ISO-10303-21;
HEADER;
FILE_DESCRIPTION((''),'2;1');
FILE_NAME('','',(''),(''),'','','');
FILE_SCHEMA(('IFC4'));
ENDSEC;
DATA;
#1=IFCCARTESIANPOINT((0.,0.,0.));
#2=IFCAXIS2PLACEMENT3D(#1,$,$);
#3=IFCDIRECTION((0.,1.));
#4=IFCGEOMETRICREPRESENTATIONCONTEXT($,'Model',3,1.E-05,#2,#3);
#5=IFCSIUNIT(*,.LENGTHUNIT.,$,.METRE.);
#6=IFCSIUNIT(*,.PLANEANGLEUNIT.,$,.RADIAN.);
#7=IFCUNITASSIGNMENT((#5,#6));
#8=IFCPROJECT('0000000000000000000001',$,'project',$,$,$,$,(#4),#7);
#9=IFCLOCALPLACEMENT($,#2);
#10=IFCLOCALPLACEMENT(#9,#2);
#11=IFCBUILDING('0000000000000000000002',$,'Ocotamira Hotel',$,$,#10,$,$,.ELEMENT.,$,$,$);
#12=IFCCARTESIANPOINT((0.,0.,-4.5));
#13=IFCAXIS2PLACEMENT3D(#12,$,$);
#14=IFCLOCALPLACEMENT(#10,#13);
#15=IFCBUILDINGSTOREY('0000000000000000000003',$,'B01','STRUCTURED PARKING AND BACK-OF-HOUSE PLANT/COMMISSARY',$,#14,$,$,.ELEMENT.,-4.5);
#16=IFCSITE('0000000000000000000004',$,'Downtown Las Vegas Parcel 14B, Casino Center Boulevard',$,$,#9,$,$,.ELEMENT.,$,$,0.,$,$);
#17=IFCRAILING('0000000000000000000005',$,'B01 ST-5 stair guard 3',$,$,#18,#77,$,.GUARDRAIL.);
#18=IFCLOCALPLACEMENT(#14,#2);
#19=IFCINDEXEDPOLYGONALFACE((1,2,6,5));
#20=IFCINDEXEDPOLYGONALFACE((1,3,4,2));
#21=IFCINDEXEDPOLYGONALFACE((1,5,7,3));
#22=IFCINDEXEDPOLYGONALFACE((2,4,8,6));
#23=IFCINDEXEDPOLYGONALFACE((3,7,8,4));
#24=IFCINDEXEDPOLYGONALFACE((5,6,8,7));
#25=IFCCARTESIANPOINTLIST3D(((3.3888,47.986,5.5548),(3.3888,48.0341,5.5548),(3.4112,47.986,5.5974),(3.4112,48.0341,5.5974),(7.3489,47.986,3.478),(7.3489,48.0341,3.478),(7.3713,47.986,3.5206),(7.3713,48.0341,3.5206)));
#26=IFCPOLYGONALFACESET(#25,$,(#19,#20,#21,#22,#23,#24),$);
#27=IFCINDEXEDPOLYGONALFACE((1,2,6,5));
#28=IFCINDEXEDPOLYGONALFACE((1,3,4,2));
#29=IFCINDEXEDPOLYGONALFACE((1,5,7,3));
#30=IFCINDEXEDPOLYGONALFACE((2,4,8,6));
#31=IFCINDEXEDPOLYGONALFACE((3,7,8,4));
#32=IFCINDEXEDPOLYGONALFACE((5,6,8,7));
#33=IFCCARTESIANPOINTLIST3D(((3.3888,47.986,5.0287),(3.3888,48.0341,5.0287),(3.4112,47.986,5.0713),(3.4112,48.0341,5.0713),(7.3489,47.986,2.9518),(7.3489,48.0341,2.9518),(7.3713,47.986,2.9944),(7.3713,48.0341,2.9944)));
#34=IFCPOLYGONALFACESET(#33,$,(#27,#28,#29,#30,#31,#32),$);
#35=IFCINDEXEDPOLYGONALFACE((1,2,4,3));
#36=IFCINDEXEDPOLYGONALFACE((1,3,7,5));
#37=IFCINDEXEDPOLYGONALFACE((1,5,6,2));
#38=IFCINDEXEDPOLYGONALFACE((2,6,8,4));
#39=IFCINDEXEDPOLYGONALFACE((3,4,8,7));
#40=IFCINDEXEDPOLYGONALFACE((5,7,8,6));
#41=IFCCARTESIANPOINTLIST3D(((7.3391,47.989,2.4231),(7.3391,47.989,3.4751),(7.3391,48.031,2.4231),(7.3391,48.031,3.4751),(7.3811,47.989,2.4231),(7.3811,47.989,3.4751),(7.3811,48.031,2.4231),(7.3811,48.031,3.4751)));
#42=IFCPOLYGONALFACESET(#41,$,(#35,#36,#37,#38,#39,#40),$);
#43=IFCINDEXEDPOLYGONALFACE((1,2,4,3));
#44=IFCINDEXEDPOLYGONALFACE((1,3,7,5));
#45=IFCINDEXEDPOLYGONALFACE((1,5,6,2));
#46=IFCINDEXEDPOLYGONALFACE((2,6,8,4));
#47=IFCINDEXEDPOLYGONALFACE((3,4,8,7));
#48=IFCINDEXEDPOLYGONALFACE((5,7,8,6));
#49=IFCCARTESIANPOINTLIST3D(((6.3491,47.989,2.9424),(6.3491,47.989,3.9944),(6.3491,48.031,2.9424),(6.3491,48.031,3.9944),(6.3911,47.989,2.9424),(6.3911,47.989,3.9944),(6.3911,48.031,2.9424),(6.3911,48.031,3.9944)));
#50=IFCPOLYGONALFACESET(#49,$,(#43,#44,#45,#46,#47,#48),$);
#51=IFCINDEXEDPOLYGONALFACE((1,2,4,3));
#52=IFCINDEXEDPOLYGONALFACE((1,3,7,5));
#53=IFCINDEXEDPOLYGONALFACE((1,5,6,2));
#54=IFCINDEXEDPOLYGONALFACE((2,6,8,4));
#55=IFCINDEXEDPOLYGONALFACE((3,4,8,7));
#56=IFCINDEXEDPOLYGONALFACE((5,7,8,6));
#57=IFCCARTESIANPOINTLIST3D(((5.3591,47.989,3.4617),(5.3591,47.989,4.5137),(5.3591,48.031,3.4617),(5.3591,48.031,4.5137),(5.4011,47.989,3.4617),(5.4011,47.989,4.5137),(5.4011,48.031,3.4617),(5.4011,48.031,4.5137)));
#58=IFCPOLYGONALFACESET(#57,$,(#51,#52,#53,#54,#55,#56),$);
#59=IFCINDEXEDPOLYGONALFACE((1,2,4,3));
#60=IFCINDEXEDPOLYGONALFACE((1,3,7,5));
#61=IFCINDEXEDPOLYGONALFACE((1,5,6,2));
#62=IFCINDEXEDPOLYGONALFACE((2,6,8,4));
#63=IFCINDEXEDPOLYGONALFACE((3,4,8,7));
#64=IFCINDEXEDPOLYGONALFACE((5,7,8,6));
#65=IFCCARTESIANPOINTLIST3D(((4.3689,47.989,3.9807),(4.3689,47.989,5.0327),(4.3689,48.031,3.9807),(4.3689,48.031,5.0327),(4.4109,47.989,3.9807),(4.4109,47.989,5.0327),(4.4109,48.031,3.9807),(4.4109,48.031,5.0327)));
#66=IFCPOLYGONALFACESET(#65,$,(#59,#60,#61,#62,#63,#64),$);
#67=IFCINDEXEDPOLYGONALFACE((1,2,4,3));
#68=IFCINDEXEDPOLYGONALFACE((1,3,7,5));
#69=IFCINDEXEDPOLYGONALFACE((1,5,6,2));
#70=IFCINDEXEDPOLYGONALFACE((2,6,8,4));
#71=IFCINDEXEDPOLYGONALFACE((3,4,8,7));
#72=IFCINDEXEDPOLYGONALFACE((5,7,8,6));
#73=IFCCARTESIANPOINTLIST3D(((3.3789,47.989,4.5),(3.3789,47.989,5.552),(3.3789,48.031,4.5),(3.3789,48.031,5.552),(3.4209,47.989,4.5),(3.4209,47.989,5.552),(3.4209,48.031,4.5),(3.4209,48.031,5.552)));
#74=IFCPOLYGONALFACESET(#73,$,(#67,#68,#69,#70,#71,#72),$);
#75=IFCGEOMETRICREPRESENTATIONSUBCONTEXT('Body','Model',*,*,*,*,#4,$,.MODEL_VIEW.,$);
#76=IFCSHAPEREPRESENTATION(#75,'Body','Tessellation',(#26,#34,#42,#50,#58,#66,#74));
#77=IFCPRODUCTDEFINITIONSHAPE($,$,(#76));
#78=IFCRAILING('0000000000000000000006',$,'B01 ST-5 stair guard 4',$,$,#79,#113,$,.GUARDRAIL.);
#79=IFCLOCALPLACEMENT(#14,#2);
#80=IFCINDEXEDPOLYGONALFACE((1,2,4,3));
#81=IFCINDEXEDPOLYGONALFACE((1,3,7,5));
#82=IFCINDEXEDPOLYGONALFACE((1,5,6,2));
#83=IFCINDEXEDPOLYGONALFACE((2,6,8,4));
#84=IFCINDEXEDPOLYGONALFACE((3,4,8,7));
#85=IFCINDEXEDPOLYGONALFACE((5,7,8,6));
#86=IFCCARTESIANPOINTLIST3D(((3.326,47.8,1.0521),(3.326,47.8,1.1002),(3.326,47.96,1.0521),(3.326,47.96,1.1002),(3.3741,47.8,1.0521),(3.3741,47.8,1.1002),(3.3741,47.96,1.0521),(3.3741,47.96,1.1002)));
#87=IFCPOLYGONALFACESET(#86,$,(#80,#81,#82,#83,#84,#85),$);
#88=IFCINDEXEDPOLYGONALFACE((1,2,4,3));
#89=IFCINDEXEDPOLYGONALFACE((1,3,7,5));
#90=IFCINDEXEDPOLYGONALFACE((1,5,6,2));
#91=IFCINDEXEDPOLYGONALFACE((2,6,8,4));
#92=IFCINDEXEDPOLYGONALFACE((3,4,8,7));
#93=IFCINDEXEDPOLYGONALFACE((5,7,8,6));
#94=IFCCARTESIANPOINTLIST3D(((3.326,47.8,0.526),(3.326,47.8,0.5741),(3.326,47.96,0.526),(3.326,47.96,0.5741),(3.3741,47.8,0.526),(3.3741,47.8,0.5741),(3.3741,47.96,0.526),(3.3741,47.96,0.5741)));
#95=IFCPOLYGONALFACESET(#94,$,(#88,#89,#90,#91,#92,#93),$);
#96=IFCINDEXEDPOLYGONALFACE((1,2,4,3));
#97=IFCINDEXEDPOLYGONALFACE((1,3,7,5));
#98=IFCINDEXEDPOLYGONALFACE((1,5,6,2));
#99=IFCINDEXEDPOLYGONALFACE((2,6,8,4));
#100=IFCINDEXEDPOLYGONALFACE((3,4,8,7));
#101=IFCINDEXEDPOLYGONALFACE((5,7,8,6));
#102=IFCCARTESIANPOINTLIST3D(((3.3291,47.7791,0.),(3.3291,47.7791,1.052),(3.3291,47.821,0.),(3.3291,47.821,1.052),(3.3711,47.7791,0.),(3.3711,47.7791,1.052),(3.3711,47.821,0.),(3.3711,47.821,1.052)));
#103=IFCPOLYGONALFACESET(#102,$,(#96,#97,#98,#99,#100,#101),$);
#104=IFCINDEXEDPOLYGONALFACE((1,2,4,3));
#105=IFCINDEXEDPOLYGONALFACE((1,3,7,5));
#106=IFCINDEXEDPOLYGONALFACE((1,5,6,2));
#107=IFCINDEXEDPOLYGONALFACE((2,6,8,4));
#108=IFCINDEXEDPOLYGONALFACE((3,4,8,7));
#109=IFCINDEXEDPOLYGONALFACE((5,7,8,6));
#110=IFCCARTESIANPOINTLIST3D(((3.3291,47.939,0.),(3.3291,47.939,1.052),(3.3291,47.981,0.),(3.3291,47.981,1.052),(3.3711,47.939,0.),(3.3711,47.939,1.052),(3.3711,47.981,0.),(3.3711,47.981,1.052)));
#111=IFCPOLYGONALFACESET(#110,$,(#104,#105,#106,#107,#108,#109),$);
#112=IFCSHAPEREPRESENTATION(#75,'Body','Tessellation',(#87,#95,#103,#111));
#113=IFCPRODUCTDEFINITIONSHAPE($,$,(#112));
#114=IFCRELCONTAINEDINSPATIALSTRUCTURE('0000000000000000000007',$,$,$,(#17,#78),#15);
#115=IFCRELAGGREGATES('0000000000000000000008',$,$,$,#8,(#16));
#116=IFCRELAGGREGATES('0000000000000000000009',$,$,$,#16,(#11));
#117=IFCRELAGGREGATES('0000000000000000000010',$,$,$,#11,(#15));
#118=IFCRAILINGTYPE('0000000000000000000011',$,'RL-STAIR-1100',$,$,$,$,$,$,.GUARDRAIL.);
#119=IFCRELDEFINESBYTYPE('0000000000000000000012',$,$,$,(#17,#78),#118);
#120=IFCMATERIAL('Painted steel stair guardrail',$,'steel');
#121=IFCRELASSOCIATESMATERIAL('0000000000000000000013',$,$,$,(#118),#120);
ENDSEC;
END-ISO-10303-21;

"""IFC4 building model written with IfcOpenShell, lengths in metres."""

from ifc_helpers import new_model, si_unit, direction, frame, origin, origin_2d, place, context, subcontext, project, spatial, rectangle, extrude, material, type_object, element, save


model = new_model("IFC4")

# Units and contexts
model_context = context("Model", 3, precision=1e-05, world=origin(), true_north=direction((0.0, 1.0)))
body_context = subcontext(model_context, "Body", "Model", "MODEL_VIEW")
ifc_project = project(units=[si_unit("LENGTHUNIT", "METRE"), si_unit("PLANEANGLEUNIT", "RADIAN")], contexts=[model_context])

# Site, building, storey
site_placement = place(None, origin())
site = spatial("IfcSite", under=ifc_project, at=site_placement, Name="Downtown Las Vegas Parcel 14B, Casino Center Boulevard", CompositionType="ELEMENT", RefElevation=0.0)
building_placement = place(site_placement, origin())
building = spatial("IfcBuilding", under=site, at=building_placement, Name="Ocotamira Hotel", CompositionType="ELEMENT")
storey_placement = place(building_placement, frame((0.0, 0.0, -4.5)))
storey = spatial("IfcBuildingStorey", under=building, at=storey_placement, Name="B01", Description="STRUCTURED PARKING AND BACK-OF-HOUSE PLANT/COMMISSARY", CompositionType="ELEMENT", Elevation=-4.5)

# Railings
ifc_material_1 = material(Name="Painted steel stair guardrail", Category="steel")
railing_type_1 = type_object("IfcRailingType", Name="RL-STAIR-1100", PredefinedType="GUARDRAIL", material=ifc_material_1)
railing_1_placement = place(storey_placement, frame((7.3601, 48.01, 2.4231)))
element("IfcRailing", 1, at=railing_1_placement, inside=storey, type_object=railing_type_1, Name="B01 ST-5 stair guard 3", PredefinedType="GUARDRAIL", context=body_context, shape_type="SweptSolid", body=[
    extrude(rectangle(XDim=0.0481, YDim=0.0481, at=origin_2d()), frame((0.0, 0.0, 1.0762), z_axis=(-0.885601, 0.0, 0.464448), x_axis=(0.0, -1.0, 0.0)), (0.0, 0.0, 1.0), 4.4717),
    extrude(rectangle(XDim=0.0481, YDim=0.0481, at=origin_2d()), frame((0.0, 0.0, 0.55), z_axis=(-0.885601, 0.0, 0.464448), x_axis=(0.0, -1.0, 0.0)), (0.0, 0.0, 1.0), 4.4717),
    extrude(rectangle(XDim=0.042, YDim=0.042, at=origin_2d()), origin(), (0.0, 0.0, 1.0), 1.052),
    extrude(rectangle(XDim=0.042, YDim=0.042, at=origin_2d()), frame((-0.99, 0.0, 0.5193)), (0.0, 0.0, 1.0), 1.052),
    extrude(rectangle(XDim=0.042, YDim=0.042, at=origin_2d()), frame((-1.98, 0.0, 1.0386)), (0.0, 0.0, 1.0), 1.052),
    extrude(rectangle(XDim=0.042, YDim=0.042, at=origin_2d()), frame((-2.9702, 0.0, 1.5576)), (0.0, 0.0, 1.0), 1.052),
    extrude(rectangle(XDim=0.042, YDim=0.042, at=origin_2d()), frame((-3.9602, 0.0, 2.0769)), (0.0, 0.0, 1.0), 1.052),
])
railing_2_placement = place(storey_placement, frame((3.3501, 47.8, 0.0)))
element("IfcRailing", 2, at=railing_2_placement, inside=storey, type_object=railing_type_1, Name="B01 ST-5 stair guard 4", PredefinedType="GUARDRAIL", context=body_context, shape_type="SweptSolid", body=[
    extrude(rectangle(XDim=0.0481, YDim=0.0481, at=origin_2d()), frame((0.0, 0.0, 1.0762), z_axis=(0.0, 1.0, 0.0), x_axis=(-1.0, 0.0, 0.0)), (0.0, 0.0, 1.0), 0.1599),
    extrude(rectangle(XDim=0.0481, YDim=0.0481, at=origin_2d()), frame((0.0, 0.0, 0.55), z_axis=(0.0, 1.0, 0.0), x_axis=(-1.0, 0.0, 0.0)), (0.0, 0.0, 1.0), 0.1599),
    extrude(rectangle(XDim=0.042, YDim=0.042, at=origin_2d()), origin(), (0.0, 0.0, 1.0), 1.052),
    extrude(rectangle(XDim=0.042, YDim=0.042, at=origin_2d()), frame((0.0, 0.1599, 0.0)), (0.0, 0.0, 1.0), 1.052),
])

save(model, "model.ifc")
